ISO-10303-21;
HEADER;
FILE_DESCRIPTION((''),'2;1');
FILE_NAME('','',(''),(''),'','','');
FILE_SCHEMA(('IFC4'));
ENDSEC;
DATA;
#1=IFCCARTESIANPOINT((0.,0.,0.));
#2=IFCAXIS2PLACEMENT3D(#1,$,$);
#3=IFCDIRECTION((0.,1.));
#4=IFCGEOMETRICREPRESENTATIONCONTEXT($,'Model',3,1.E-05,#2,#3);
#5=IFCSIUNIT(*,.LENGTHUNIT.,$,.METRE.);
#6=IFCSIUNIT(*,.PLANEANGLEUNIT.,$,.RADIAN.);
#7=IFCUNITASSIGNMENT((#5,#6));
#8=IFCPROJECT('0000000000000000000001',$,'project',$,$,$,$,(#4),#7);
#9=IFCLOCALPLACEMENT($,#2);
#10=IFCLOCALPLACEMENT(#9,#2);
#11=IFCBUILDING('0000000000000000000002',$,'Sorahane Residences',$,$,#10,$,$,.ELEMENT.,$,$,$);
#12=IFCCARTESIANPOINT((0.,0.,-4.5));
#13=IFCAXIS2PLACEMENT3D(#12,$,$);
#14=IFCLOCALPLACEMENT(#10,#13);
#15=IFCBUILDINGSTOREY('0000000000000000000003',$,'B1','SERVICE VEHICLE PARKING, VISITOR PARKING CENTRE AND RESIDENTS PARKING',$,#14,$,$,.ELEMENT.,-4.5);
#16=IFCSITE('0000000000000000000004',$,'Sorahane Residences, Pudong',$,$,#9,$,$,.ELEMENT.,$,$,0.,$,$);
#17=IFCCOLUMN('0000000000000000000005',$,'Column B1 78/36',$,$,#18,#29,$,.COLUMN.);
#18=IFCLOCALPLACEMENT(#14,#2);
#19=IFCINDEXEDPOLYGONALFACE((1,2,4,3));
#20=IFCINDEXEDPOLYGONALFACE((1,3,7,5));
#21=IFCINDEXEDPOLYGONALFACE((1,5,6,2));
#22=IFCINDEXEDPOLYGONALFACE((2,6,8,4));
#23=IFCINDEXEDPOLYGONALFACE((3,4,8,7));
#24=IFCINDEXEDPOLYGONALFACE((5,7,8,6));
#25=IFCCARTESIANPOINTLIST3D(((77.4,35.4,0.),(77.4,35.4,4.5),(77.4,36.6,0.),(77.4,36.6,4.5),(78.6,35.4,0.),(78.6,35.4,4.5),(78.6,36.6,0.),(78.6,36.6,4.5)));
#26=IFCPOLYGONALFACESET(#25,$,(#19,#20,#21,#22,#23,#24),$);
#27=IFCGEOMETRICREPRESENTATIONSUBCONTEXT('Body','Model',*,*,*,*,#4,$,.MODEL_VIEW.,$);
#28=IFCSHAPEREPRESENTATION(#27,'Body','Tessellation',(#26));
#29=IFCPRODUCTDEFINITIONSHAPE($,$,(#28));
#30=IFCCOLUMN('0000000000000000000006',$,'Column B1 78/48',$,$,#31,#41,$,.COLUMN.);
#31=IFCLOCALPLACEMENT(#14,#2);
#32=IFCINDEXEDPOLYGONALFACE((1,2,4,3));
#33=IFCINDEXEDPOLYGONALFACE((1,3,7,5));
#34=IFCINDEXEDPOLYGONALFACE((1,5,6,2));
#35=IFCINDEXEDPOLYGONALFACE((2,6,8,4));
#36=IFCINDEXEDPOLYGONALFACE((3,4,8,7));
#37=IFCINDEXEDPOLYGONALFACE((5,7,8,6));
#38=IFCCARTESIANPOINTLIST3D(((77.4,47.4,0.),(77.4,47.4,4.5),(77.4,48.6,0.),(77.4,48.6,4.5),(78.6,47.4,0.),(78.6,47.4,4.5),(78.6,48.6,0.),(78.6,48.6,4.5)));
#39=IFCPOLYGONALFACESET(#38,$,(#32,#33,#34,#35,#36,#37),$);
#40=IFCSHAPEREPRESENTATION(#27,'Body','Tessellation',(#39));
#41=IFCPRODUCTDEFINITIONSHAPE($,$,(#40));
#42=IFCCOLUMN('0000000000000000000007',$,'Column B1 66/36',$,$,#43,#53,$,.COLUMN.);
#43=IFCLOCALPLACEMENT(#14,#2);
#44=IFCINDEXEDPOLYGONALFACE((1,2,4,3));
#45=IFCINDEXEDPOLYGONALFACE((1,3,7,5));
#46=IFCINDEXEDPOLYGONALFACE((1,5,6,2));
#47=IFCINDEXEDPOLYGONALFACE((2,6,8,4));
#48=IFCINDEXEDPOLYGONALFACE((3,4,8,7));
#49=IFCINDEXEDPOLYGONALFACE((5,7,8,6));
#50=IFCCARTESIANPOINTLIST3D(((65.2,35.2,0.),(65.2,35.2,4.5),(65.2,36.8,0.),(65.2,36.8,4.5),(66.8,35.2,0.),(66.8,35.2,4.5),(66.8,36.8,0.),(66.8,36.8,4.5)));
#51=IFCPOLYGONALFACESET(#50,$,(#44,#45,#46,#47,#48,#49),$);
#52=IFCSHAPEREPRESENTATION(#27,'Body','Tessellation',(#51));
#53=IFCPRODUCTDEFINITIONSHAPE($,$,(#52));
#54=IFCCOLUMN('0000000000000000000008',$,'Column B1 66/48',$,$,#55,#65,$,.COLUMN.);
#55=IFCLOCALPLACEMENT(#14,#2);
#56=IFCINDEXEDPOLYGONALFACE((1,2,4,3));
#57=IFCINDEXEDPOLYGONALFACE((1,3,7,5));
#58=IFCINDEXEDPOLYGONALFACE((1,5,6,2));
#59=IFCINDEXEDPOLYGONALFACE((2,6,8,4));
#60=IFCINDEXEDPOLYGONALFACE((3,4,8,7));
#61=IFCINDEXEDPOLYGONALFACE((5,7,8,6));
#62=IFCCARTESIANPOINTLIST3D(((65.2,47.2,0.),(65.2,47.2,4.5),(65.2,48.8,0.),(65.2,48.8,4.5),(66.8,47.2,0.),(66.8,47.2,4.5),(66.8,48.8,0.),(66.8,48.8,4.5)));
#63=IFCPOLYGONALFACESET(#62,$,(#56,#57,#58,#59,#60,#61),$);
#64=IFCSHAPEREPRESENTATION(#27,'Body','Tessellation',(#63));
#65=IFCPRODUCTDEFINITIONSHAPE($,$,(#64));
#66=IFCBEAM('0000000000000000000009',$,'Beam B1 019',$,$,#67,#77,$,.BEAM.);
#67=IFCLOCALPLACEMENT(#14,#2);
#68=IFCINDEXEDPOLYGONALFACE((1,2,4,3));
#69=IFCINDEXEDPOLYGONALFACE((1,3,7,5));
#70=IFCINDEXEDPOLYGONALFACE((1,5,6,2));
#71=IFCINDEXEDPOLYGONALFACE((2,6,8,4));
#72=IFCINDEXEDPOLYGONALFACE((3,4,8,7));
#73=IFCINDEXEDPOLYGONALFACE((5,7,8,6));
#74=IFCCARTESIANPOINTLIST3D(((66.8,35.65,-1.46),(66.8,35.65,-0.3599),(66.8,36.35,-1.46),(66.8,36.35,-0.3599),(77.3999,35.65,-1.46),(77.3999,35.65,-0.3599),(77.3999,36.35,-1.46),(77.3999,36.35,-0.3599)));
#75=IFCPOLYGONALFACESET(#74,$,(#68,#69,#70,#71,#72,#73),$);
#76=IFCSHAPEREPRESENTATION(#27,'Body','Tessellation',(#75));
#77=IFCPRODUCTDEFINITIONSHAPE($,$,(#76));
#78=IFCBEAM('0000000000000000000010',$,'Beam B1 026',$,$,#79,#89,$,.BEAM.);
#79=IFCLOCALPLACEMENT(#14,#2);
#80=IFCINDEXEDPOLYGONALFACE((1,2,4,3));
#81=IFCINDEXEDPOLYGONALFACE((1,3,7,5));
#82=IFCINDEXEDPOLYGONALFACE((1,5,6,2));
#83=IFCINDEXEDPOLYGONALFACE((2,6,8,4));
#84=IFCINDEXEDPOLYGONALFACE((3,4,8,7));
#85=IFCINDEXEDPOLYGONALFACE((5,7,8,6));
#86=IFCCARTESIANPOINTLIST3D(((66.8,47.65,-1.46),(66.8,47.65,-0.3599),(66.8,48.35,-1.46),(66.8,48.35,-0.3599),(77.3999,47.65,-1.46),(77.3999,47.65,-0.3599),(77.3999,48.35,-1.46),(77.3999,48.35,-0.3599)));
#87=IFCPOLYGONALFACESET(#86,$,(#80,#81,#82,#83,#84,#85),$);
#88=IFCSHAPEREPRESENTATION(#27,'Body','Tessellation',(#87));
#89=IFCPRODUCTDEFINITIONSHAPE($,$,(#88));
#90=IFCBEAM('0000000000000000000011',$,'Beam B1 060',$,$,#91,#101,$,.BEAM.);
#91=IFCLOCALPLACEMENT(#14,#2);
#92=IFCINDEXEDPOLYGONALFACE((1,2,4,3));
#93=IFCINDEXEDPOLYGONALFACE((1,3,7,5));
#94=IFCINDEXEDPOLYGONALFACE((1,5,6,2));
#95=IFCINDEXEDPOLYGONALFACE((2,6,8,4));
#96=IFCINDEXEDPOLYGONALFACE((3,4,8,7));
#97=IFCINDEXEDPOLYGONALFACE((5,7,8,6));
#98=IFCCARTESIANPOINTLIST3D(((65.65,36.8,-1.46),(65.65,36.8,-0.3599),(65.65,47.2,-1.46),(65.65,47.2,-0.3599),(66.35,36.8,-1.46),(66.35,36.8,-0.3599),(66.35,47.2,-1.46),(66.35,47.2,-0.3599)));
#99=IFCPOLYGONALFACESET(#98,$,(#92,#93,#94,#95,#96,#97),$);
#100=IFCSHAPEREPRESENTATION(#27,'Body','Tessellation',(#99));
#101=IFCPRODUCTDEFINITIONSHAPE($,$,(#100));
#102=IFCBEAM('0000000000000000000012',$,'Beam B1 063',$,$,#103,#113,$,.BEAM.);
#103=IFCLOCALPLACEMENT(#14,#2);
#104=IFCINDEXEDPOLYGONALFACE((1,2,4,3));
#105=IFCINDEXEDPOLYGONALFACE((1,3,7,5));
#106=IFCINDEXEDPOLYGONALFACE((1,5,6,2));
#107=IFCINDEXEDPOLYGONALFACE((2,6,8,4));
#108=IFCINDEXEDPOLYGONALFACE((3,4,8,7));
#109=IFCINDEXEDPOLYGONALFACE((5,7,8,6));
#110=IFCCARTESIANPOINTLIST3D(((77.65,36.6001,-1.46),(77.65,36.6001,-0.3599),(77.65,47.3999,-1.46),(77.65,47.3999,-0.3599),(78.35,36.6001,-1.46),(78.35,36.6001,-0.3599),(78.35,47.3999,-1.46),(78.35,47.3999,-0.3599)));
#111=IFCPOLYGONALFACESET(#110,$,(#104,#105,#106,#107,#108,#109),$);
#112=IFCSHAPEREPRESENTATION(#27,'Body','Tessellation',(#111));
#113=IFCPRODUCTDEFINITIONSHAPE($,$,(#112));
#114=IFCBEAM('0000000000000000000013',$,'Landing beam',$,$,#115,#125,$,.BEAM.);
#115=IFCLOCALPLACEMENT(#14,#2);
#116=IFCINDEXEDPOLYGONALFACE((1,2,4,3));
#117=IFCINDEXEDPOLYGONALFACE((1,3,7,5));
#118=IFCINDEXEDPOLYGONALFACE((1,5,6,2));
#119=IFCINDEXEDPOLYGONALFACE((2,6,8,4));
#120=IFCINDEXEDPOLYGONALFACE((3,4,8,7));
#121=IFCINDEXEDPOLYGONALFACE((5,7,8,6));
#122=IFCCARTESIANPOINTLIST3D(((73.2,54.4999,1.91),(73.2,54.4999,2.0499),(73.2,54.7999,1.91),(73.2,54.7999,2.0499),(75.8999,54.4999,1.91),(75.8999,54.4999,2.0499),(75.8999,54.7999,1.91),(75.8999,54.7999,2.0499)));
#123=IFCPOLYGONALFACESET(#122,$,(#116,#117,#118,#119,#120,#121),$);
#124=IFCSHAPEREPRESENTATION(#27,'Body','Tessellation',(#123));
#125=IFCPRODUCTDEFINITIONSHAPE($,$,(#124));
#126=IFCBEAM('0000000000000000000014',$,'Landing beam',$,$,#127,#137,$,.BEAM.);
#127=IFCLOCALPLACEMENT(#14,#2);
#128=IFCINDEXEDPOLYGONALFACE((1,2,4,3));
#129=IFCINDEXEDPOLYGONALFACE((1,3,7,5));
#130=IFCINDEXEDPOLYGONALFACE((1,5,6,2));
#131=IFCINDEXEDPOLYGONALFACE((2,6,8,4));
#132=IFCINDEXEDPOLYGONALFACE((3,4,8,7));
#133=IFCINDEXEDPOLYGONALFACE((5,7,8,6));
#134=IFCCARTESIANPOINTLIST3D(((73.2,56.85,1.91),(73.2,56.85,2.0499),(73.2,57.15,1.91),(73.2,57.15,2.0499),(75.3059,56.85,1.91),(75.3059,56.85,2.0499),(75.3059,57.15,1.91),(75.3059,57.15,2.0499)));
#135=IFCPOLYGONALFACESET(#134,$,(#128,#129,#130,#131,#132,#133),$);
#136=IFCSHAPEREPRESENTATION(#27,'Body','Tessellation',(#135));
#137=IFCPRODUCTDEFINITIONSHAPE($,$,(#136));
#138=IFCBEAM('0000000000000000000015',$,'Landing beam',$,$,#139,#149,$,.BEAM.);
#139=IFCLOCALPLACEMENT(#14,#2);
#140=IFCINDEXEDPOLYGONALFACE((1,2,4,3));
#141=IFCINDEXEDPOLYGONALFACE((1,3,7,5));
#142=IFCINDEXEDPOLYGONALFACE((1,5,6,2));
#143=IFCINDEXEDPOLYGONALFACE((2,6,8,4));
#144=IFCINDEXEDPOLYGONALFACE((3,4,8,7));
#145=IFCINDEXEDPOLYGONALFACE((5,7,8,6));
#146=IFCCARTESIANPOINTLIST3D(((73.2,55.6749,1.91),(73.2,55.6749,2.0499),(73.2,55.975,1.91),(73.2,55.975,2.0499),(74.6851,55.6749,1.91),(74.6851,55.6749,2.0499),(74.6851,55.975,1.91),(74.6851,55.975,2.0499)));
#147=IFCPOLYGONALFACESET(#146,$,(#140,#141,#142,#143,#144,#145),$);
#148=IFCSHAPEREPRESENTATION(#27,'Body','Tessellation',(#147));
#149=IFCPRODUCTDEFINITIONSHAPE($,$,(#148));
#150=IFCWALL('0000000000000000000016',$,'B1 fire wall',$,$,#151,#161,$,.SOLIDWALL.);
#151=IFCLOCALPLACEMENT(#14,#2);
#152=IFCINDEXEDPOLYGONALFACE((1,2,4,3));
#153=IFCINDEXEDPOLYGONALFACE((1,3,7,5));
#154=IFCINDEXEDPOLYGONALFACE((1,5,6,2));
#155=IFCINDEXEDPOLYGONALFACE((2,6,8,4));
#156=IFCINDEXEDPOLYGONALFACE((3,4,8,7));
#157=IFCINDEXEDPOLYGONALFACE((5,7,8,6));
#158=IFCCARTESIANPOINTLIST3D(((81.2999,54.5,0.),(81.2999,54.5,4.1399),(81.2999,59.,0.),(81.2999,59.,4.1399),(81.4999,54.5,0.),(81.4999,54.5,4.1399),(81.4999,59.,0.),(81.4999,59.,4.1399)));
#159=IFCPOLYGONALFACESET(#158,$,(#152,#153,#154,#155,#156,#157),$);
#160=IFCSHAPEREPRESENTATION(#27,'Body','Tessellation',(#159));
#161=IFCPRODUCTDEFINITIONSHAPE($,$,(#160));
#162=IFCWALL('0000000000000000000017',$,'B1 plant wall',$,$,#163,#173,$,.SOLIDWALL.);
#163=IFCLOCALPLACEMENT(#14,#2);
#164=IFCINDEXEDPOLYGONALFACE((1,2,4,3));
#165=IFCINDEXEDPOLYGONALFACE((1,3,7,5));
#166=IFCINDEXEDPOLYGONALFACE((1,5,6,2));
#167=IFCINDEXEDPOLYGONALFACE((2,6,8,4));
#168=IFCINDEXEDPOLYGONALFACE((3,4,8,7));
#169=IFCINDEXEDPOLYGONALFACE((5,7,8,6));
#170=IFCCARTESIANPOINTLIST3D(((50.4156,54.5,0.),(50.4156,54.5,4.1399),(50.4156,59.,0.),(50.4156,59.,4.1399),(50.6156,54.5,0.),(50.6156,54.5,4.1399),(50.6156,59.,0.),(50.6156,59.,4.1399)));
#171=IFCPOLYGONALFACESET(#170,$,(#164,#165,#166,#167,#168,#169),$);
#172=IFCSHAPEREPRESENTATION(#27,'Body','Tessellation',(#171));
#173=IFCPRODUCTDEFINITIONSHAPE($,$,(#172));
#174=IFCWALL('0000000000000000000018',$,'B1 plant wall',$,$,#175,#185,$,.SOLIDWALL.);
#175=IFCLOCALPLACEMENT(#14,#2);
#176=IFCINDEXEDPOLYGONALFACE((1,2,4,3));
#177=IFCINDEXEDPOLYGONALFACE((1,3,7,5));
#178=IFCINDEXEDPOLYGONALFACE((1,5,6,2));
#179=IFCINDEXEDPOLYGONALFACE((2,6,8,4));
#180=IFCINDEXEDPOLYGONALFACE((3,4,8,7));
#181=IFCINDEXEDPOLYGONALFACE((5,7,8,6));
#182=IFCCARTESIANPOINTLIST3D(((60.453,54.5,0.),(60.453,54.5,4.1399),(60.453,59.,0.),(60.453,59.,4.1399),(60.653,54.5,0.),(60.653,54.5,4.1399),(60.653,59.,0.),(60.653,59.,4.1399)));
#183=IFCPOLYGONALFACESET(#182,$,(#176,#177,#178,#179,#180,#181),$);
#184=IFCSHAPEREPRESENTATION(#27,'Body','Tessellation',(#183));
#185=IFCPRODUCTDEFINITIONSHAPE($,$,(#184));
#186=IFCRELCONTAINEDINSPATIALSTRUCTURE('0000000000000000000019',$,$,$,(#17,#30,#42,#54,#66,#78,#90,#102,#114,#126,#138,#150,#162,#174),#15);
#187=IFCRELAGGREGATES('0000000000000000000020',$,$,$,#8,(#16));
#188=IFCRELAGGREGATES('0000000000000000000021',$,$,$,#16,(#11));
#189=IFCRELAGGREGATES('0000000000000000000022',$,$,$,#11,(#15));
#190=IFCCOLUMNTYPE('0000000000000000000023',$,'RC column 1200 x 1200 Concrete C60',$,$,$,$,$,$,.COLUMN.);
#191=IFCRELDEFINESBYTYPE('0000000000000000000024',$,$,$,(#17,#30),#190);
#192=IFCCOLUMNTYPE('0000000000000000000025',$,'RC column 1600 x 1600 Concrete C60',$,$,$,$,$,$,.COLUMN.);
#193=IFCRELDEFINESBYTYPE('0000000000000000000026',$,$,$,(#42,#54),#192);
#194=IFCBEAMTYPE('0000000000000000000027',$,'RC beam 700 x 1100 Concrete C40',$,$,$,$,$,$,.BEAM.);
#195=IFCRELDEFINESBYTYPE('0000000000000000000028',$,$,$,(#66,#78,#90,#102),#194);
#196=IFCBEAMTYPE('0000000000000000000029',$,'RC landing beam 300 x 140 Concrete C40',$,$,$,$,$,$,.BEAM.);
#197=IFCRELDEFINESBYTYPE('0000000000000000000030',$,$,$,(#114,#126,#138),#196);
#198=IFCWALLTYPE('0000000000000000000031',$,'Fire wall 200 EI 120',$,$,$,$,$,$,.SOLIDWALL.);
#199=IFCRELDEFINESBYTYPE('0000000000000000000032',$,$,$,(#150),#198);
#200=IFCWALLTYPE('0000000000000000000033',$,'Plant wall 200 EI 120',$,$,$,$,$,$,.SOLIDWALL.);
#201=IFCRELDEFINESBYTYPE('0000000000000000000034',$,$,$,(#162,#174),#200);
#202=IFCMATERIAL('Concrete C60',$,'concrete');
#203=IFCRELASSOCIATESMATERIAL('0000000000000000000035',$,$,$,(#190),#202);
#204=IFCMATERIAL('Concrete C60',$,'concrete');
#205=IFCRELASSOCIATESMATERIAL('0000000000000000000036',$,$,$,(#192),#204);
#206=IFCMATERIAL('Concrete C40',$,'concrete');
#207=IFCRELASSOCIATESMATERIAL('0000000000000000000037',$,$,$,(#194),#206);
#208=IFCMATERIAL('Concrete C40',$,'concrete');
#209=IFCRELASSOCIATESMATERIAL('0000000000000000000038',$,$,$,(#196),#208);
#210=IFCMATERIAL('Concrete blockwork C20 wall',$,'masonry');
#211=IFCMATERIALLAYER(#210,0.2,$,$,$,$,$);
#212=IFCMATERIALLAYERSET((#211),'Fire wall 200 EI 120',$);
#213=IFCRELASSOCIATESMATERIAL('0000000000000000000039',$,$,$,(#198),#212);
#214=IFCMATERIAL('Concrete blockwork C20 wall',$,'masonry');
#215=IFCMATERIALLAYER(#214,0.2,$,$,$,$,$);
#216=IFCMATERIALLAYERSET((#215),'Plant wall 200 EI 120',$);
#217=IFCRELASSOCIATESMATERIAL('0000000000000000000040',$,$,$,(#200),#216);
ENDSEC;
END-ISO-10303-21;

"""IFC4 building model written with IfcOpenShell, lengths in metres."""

from ifc_helpers import new_model, si_unit, direction, frame, frame_2d, origin, origin_2d, place, context, subcontext, project, spatial, rectangle, extrude, material, layer, layer_set, material_profile, profile_set, type_object, element, save


model = new_model("IFC4")

# Units and contexts
model_context = context("Model", 3, precision=1e-05, world=origin(), true_north=direction((0.0, 1.0)))
body_context = subcontext(model_context, "Body", "Model", "MODEL_VIEW")
ifc_project = project(units=[si_unit("LENGTHUNIT", "METRE"), si_unit("PLANEANGLEUNIT", "RADIAN")], contexts=[model_context])

# Site, building, storey
site_placement = place(None, origin())
site = spatial("IfcSite", under=ifc_project, at=site_placement, Name="Sorahane Residences, Pudong", CompositionType="ELEMENT", RefElevation=0.0)
building_placement = place(site_placement, origin())
building = spatial("IfcBuilding", under=site, at=building_placement, Name="Sorahane Residences", CompositionType="ELEMENT")
storey_placement = place(building_placement, frame((0.0, 0.0, -4.5)))
storey = spatial("IfcBuildingStorey", under=building, at=storey_placement, Name="B1", Description="SERVICE VEHICLE PARKING, VISITOR PARKING CENTRE AND RESIDENTS PARKING", CompositionType="ELEMENT", Elevation=-4.5)

# Columns
ifc_material_1 = material(Name="Concrete C60", Category="concrete")
ifc_material_profile_1 = material_profile(ifc_material_1, rectangle(XDim=1.2, YDim=1.2, at=origin_2d()), Name="1200x1200")
ifc_profile_set_1 = profile_set([ifc_material_profile_1], Name="Concrete C60")
column_type_1 = type_object("IfcColumnType", Name="RC column 1200 x 1200 Concrete C60", PredefinedType="COLUMN", material=ifc_profile_set_1)
for number, where, z_axis, x_axis, name in (
    (1, (78.0, 36.0, 0.0), (0.0, 0.0, 1.0), (1.0, 0.0, 0.0), "Column B1 78/36"),
    (2, (78.0, 48.0, 0.0), (0.0, 0.0, 1.0), (1.0, 0.0, 0.0), "Column B1 78/48"),
):
    element("IfcColumn", number, at=place(storey_placement, frame(where, z_axis=z_axis, x_axis=x_axis)), inside=storey, type_object=column_type_1, Name=name, PredefinedType="COLUMN", context=body_context, shape_type="SweptSolid", body=[
        extrude(rectangle(XDim=1.2, YDim=1.2, at=origin_2d()), origin(), (0.0, 0.0, 1.0), 4.5),
    ])
ifc_material_2 = material(Name="Concrete C60", Category="concrete")
ifc_material_profile_2 = material_profile(ifc_material_2, rectangle(XDim=1.6001, YDim=1.6001, at=origin_2d()), Name="1600x1600")
ifc_profile_set_2 = profile_set([ifc_material_profile_2], Name="Concrete C60")
column_type_2 = type_object("IfcColumnType", Name="RC column 1600 x 1600 Concrete C60", PredefinedType="COLUMN", material=ifc_profile_set_2)
for number, where, z_axis, x_axis, name in (
    (3, (66.0, 36.0, 0.0), (0.0, 0.0, 1.0), (1.0, 0.0, 0.0), "Column B1 66/36"),
    (4, (66.0, 48.0, 0.0), (0.0, 0.0, 1.0), (1.0, 0.0, 0.0), "Column B1 66/48"),
):
    element("IfcColumn", number, at=place(storey_placement, frame(where, z_axis=z_axis, x_axis=x_axis)), inside=storey, type_object=column_type_2, Name=name, PredefinedType="COLUMN", context=body_context, shape_type="SweptSolid", body=[
        extrude(rectangle(XDim=1.6001, YDim=1.6001, at=origin_2d()), origin(), (0.0, 0.0, 1.0), 4.5),
    ])

# Beams
ifc_material_3 = material(Name="Concrete C40", Category="concrete")
ifc_material_profile_3 = material_profile(ifc_material_3, rectangle(XDim=0.7, YDim=1.1001, at=origin_2d()), Name="700x1100")
ifc_profile_set_3 = profile_set([ifc_material_profile_3], Name="Concrete C40")
beam_type_1 = type_object("IfcBeamType", Name="RC beam 700 x 1100 Concrete C40", PredefinedType="BEAM", material=ifc_profile_set_3)
for number, where, z_axis, x_axis, name in (
    (5, (66.8, 36.0, -0.9099), (1.0, 0.0, 0.0), (0.0, 1.0, 0.0), "Beam B1 019"),
    (6, (66.8, 48.0, -0.9099), (1.0, 0.0, 0.0), (0.0, 1.0, 0.0), "Beam B1 026"),
):
    element("IfcBeam", number, at=place(storey_placement, frame(where, z_axis=z_axis, x_axis=x_axis)), inside=storey, type_object=beam_type_1, Name=name, PredefinedType="BEAM", context=body_context, shape_type="SweptSolid", body=[
        extrude(rectangle(XDim=0.7, YDim=1.1001, at=origin_2d()), origin(), (0.0, 0.0, 1.0), 10.5999),
    ])
beam_1_placement = place(storey_placement, frame((66.0, 36.8, -0.9099), z_axis=(0.0, 1.0, 0.0), x_axis=(-1.0, 0.0, 0.0)))
element("IfcBeam", 7, at=beam_1_placement, inside=storey, type_object=beam_type_1, Name="Beam B1 060", PredefinedType="BEAM", context=body_context, shape_type="SweptSolid", body=[
    extrude(rectangle(XDim=0.7, YDim=1.1001, at=origin_2d()), origin(), (0.0, 0.0, 1.0), 10.3999),
])
beam_2_placement = place(storey_placement, frame((78.0, 36.6001, -0.9099), z_axis=(0.0, 1.0, 0.0), x_axis=(-1.0, 0.0, 0.0)))
element("IfcBeam", 8, at=beam_2_placement, inside=storey, type_object=beam_type_1, Name="Beam B1 063", PredefinedType="BEAM", context=body_context, shape_type="SweptSolid", body=[
    extrude(rectangle(XDim=0.7, YDim=1.1001, at=origin_2d()), origin(), (0.0, 0.0, 1.0), 10.7998),
])
ifc_material_4 = material(Name="Concrete C40", Category="concrete")
ifc_material_profile_4 = material_profile(ifc_material_4, rectangle(XDim=0.3, YDim=0.1399, at=origin_2d()), Name="300x140")
ifc_profile_set_4 = profile_set([ifc_material_profile_4], Name="Concrete C40")
beam_type_2 = type_object("IfcBeamType", Name="RC landing beam 300 x 140 Concrete C40", PredefinedType="BEAM", material=ifc_profile_set_4)
beam_3_placement = place(storey_placement, frame((73.2, 54.6499, 1.98), z_axis=(1.0, 0.0, 0.0), x_axis=(0.0, 1.0, 0.0)))
element("IfcBeam", 9, at=beam_3_placement, inside=storey, type_object=beam_type_2, Name="Landing beam", PredefinedType="BEAM", context=body_context, shape_type="SweptSolid", body=[
    extrude(rectangle(XDim=0.3, YDim=0.1399, at=origin_2d()), origin(), (0.0, 0.0, 1.0), 2.7),
])
beam_4_placement = place(storey_placement, frame((73.2, 57.0, 1.98), z_axis=(1.0, 0.0, 0.0), x_axis=(0.0, 1.0, 0.0)))
element("IfcBeam", 10, at=beam_4_placement, inside=storey, type_object=beam_type_2, Name="Landing beam", PredefinedType="BEAM", context=body_context, shape_type="SweptSolid", body=[
    extrude(rectangle(XDim=0.3, YDim=0.1399, at=origin_2d()), origin(), (0.0, 0.0, 1.0), 2.106),
])
beam_5_placement = place(storey_placement, frame((73.2, 55.825, 1.98), z_axis=(1.0, 0.0, 0.0), x_axis=(0.0, 1.0, 0.0)))
element("IfcBeam", 11, at=beam_5_placement, inside=storey, type_object=beam_type_2, Name="Landing beam", PredefinedType="BEAM", context=body_context, shape_type="SweptSolid", body=[
    extrude(rectangle(XDim=0.3, YDim=0.1399, at=origin_2d()), origin(), (0.0, 0.0, 1.0), 1.4851),
])

# Walls
ifc_material_5 = material(Name="Concrete blockwork C20 wall", Category="masonry")
ifc_layer_1 = layer(ifc_material_5, 0.2)
ifc_layer_set_1 = layer_set([ifc_layer_1], Name="Fire wall 200 EI 120")
wall_type_1 = type_object("IfcWallType", Name="Fire wall 200 EI 120", PredefinedType="SOLIDWALL", material=ifc_layer_set_1)
wall_1_placement = place(storey_placement, frame((81.3999, 54.5, 0.0), z_axis=(0.0, 0.0, 1.0), x_axis=(0.0, 1.0, 0.0)))
element("IfcWall", 12, at=wall_1_placement, inside=storey, type_object=wall_type_1, Name="B1 fire wall", PredefinedType="SOLIDWALL", context=body_context, shape_type="SweptSolid", body=[
    extrude(rectangle(XDim=4.5, YDim=0.2, at=frame_2d((2.25, 0.0))), origin(), (0.0, 0.0, 1.0), 4.1399),
])
ifc_material_6 = material(Name="Concrete blockwork C20 wall", Category="masonry")
ifc_layer_2 = layer(ifc_material_6, 0.2)
ifc_layer_set_2 = layer_set([ifc_layer_2], Name="Plant wall 200 EI 120")
wall_type_2 = type_object("IfcWallType", Name="Plant wall 200 EI 120", PredefinedType="SOLIDWALL", material=ifc_layer_set_2)
for number, where, z_axis, x_axis, name in (
    (13, (50.5156, 54.5, 0.0), (0.0, 0.0, 1.0), (0.0, 1.0, 0.0), "B1 plant wall"),
    (14, (60.553, 54.5, 0.0), (0.0, 0.0, 1.0), (0.0, 1.0, 0.0), "B1 plant wall"),
):
    element("IfcWall", number, at=place(storey_placement, frame(where, z_axis=z_axis, x_axis=x_axis)), inside=storey, type_object=wall_type_2, Name=name, PredefinedType="SOLIDWALL", context=body_context, shape_type="SweptSolid", body=[
        extrude(rectangle(XDim=4.5, YDim=0.2, at=frame_2d((2.25, 0.0))), origin(), (0.0, 0.0, 1.0), 4.1399),
    ])

save(model, "model.ifc")
